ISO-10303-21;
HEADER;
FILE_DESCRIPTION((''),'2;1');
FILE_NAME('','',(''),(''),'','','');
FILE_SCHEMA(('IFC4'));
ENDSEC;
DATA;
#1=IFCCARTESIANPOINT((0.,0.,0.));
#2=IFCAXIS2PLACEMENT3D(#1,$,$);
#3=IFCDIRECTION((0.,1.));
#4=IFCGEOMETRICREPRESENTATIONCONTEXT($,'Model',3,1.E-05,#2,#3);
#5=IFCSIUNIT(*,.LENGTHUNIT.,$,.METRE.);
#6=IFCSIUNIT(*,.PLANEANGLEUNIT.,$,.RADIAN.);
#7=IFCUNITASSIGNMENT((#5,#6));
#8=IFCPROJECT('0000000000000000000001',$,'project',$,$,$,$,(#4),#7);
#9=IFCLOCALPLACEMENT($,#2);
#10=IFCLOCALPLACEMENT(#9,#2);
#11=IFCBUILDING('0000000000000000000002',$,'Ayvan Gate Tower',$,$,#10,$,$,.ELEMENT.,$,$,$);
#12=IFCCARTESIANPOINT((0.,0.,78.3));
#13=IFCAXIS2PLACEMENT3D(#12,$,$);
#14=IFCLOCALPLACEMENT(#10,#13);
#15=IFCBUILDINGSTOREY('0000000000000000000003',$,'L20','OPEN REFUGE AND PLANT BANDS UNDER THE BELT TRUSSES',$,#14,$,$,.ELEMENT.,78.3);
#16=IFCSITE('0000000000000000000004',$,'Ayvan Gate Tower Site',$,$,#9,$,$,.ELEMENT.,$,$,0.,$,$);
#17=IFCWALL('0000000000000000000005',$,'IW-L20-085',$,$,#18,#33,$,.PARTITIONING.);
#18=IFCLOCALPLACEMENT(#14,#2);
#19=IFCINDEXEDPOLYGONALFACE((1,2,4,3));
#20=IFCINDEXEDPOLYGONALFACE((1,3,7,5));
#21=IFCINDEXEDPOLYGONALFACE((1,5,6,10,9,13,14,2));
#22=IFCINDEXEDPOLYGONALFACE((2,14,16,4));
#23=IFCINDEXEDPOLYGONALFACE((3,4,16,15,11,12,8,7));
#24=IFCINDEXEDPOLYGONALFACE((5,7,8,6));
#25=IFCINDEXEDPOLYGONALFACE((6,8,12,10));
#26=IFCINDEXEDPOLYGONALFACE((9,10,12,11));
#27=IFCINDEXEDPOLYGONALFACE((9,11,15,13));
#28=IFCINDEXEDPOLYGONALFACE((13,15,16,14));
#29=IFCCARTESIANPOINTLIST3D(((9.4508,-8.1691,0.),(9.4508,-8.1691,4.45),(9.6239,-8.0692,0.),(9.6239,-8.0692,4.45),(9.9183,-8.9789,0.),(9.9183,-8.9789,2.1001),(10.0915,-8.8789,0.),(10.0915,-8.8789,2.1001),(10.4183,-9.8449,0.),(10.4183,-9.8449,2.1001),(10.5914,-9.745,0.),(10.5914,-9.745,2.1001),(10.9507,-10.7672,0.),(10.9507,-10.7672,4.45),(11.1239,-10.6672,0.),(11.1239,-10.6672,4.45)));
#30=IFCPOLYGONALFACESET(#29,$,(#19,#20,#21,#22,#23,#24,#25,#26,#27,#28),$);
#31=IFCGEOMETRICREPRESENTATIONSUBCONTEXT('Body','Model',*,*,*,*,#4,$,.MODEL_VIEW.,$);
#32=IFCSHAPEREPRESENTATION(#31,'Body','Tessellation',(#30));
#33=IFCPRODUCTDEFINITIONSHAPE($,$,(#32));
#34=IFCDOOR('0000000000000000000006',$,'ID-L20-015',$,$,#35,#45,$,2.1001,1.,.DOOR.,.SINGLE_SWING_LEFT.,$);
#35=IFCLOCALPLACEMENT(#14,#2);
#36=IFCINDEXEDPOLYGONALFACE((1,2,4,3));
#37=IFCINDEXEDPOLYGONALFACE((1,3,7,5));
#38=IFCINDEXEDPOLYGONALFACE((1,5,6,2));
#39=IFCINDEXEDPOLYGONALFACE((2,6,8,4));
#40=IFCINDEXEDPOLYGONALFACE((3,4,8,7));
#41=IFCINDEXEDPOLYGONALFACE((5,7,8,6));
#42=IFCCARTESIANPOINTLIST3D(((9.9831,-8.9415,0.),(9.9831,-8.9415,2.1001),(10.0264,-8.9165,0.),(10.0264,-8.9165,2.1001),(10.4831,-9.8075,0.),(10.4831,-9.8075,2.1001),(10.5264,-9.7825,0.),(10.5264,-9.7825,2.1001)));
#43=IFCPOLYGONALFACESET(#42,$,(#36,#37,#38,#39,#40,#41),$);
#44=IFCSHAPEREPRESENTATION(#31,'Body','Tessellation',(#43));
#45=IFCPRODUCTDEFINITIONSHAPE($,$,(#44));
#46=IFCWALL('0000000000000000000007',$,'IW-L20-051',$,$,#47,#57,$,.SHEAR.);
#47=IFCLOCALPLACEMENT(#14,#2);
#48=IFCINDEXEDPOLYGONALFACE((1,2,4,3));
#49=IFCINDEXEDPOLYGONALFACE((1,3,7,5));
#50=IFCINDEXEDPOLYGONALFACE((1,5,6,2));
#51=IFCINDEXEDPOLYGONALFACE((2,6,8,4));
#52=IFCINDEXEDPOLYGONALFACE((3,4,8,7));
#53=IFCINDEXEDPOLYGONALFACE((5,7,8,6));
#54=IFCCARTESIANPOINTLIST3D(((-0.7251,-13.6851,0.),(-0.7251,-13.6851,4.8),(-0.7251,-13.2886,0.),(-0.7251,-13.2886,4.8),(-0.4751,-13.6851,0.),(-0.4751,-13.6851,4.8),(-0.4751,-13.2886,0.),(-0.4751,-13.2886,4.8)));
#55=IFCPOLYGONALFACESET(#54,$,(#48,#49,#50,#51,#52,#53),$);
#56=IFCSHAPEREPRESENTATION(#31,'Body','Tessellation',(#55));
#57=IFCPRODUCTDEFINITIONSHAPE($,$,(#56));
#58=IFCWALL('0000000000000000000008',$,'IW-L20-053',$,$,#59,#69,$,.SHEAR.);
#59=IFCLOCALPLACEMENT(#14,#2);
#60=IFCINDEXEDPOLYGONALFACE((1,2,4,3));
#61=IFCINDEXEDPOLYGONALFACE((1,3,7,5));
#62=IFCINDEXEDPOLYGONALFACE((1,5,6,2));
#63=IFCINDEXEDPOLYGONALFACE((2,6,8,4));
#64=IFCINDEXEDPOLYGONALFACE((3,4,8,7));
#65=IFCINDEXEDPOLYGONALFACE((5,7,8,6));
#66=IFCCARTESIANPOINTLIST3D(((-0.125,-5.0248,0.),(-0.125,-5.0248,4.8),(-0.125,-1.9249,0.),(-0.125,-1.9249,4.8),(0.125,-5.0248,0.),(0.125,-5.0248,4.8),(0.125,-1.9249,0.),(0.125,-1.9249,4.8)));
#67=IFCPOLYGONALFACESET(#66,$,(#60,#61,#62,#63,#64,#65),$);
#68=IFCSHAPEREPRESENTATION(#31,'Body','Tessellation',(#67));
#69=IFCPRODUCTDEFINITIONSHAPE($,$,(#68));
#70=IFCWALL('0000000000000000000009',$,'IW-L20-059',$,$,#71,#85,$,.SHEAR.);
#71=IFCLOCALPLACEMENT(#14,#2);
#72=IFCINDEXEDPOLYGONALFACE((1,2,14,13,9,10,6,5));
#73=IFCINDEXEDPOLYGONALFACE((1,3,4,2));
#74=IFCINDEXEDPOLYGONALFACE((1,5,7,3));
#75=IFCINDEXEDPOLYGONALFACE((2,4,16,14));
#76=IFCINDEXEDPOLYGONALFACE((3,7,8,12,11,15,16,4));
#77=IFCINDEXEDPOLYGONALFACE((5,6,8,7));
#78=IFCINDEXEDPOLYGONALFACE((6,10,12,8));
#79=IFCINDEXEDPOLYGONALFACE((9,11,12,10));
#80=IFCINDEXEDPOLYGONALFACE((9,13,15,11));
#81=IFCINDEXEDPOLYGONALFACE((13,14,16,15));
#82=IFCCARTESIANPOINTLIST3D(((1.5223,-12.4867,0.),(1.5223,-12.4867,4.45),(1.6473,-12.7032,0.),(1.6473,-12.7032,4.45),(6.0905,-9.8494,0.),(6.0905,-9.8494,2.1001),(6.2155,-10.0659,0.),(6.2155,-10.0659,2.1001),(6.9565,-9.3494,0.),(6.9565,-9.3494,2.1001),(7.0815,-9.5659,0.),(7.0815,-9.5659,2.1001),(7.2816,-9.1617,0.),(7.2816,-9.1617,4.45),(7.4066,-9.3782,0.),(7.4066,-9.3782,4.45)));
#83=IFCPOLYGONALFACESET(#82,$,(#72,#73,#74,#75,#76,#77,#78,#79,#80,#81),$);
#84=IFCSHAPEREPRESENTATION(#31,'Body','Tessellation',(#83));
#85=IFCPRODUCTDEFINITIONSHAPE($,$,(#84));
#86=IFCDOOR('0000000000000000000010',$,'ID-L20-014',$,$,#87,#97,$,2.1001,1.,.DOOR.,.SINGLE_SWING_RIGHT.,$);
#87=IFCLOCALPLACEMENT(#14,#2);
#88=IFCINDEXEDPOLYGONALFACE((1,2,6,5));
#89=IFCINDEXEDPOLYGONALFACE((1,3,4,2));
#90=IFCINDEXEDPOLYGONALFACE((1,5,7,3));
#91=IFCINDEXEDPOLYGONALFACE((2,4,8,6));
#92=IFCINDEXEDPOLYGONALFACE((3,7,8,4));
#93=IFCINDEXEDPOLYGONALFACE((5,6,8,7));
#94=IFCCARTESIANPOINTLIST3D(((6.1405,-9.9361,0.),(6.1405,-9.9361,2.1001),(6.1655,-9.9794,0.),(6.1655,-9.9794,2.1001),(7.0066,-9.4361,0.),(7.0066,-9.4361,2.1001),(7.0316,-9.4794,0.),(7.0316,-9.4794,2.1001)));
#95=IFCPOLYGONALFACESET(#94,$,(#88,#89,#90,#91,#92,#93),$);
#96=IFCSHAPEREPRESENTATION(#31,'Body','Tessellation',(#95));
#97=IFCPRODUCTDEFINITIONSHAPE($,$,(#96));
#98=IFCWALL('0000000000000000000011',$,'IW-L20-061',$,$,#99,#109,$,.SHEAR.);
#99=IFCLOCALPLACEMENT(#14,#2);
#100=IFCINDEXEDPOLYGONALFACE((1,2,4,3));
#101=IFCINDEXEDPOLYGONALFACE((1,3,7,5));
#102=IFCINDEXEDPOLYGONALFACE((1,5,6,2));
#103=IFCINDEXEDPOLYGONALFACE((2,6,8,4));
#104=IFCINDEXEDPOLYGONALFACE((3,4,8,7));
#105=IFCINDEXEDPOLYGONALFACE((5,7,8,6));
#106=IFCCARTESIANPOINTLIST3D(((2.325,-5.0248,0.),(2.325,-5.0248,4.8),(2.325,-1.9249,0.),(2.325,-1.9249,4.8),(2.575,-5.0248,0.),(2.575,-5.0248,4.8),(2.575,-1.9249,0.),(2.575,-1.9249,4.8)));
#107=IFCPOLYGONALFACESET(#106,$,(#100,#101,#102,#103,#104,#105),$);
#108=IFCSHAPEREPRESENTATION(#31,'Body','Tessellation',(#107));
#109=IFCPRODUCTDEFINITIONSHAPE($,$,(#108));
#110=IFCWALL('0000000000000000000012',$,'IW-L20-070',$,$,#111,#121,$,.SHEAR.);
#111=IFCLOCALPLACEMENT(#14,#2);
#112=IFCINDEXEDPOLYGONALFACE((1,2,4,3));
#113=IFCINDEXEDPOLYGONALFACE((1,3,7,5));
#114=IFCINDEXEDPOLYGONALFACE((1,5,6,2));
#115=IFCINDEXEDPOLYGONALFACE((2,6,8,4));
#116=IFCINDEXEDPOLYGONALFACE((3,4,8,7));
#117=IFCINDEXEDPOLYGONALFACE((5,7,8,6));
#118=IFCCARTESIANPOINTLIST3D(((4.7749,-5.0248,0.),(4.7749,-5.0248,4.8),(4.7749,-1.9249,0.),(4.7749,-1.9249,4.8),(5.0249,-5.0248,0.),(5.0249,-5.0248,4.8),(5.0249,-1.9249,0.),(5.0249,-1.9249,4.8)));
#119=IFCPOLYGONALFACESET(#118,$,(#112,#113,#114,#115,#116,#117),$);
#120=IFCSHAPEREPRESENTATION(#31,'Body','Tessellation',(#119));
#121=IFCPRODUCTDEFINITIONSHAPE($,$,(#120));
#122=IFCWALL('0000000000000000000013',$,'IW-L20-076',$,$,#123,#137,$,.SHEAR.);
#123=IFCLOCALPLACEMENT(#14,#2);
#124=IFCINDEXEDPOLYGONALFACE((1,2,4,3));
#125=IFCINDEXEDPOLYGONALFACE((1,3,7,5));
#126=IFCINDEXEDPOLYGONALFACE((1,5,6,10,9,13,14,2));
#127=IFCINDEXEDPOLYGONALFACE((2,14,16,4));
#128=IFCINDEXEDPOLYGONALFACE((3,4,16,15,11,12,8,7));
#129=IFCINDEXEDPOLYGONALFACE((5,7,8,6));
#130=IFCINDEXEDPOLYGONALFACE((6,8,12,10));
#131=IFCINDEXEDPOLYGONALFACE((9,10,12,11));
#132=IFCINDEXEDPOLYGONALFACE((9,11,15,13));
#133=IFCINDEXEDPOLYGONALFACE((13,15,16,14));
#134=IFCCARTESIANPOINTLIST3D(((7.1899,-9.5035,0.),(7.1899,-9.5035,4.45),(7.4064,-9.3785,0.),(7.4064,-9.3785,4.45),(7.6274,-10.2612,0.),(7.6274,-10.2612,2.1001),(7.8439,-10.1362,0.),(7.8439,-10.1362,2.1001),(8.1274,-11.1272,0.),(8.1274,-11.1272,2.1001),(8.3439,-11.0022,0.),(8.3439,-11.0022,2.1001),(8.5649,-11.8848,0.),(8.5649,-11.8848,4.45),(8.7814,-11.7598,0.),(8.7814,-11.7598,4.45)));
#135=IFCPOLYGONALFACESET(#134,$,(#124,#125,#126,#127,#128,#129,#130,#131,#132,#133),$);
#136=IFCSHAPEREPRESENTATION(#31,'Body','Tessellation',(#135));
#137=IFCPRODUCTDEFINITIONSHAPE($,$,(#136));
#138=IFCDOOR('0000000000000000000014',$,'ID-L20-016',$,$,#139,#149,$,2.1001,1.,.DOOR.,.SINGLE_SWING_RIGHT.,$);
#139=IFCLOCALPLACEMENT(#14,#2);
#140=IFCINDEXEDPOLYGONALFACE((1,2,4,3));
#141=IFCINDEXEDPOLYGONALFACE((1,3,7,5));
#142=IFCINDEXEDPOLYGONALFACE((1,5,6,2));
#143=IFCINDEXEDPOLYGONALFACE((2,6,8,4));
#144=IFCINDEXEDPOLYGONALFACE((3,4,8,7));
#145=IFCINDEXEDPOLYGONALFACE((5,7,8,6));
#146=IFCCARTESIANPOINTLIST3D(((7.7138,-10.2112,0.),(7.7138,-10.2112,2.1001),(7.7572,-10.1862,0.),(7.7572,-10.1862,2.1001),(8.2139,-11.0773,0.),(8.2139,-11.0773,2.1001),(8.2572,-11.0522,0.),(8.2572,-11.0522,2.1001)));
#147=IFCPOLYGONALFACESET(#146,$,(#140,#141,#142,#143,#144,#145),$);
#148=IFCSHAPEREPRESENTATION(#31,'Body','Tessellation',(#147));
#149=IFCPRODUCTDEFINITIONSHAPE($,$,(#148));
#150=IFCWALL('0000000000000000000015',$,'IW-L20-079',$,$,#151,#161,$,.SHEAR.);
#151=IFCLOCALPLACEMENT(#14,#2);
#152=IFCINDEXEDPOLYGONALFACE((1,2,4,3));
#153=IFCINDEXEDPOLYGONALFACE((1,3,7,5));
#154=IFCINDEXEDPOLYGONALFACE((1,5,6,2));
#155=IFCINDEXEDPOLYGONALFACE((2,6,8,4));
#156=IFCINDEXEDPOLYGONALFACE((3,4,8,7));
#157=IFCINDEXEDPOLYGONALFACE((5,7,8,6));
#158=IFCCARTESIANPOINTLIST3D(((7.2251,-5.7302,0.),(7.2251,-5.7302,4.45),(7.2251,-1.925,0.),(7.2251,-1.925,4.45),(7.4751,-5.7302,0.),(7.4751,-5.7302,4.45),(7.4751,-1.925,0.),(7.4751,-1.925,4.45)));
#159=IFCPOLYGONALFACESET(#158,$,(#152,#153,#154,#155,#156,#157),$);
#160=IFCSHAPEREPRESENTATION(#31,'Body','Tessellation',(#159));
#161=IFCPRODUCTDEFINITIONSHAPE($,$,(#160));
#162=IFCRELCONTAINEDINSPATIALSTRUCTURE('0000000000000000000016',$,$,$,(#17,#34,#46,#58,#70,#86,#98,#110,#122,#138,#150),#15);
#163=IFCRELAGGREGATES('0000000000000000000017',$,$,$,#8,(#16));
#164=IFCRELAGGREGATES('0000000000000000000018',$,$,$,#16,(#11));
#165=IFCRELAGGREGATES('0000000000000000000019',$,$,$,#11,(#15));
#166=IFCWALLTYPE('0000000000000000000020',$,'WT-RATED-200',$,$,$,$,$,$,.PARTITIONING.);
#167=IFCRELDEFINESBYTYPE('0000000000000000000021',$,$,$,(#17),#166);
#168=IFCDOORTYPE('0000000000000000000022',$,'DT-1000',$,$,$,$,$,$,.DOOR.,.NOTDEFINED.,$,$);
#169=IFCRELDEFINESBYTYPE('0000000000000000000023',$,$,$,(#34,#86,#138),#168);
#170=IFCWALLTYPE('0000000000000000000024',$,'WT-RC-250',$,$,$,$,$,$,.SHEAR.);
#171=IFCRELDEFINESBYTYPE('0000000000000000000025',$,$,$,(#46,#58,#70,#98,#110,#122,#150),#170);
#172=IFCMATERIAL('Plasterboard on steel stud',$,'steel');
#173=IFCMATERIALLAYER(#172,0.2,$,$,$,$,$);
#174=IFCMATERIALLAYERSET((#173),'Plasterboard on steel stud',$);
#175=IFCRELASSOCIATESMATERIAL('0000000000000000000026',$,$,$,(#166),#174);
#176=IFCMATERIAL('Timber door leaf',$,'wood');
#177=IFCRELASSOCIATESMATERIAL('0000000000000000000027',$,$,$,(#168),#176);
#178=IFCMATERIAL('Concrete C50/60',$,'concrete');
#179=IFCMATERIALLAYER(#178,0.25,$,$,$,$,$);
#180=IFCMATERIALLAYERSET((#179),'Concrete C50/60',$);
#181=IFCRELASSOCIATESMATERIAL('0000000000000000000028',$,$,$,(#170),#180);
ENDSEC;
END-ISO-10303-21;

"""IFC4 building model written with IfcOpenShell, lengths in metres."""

from ifc_helpers import new_model, si_unit, direction, frame, frame_2d, origin, place, context, subcontext, project, spatial, rectangle, extrude, material, layer, layer_set, type_object, element, fill, save


model = new_model("IFC4")

# Units and contexts
model_context = context("Model", 3, precision=1e-05, world=origin(), true_north=direction((0.0, 1.0)))
body_context = subcontext(model_context, "Body", "Model", "MODEL_VIEW")
ifc_project = project(units=[si_unit("LENGTHUNIT", "METRE"), si_unit("PLANEANGLEUNIT", "RADIAN")], contexts=[model_context])

# Site, building, storey
site_placement = place(None, origin())
site = spatial("IfcSite", under=ifc_project, at=site_placement, Name="Ayvan Gate Tower Site", CompositionType="ELEMENT", RefElevation=0.0)
building_placement = place(site_placement, origin())
building = spatial("IfcBuilding", under=site, at=building_placement, Name="Ayvan Gate Tower", CompositionType="ELEMENT")
storey_placement = place(building_placement, frame((0.0, 0.0, 78.3)))
storey = spatial("IfcBuildingStorey", under=building, at=storey_placement, Name="L20", Description="OPEN REFUGE AND PLANT BANDS UNDER THE BELT TRUSSES", CompositionType="ELEMENT", Elevation=78.3)

# Shared definitions
ifc_material_1 = material(Name="Timber door leaf", Category="wood")

# Shared definitions
ifc_material_2 = material(Name="Plasterboard on steel stud", Category="steel")

# Shared definitions
ifc_layer_1 = layer(ifc_material_2, 0.2)
ifc_layer_set_1 = layer_set([ifc_layer_1], Name="Plasterboard on steel stud")
wall_type_1 = type_object("IfcWallType", Name="WT-RATED-200", PredefinedType="PARTITIONING", material=ifc_layer_set_1)

# Wall, opening, door
wall_1_placement = place(storey_placement, frame((9.5374, -8.1191, 0.0), z_axis=(0.0, 0.0, 1.0), x_axis=(0.49999, -0.866031, 0.0)))
wall_1 = element("IfcWall", 1, at=wall_1_placement, inside=storey, type_object=wall_type_1, Name="IW-L20-085", PredefinedType="PARTITIONING", context=body_context, shape_type="SweptSolid", body=[
    extrude(rectangle(XDim=3.0, YDim=0.2, at=frame_2d((1.5, 0.0))), origin(), (0.0, 0.0, 1.0), 4.45),
])
opening_1_placement = place(wall_1_placement, frame((0.9351, 0.0, 0.0)))
opening_1 = element("IfcOpeningElement", 2, at=opening_1_placement, cuts=wall_1, PredefinedType="OPENING", context=body_context, shape_type="SweptSolid", body=[
    extrude(rectangle(XDim=1.0, YDim=2.1001, at=frame_2d((0.5, 1.05))), frame((0.0, 0.1099, 0.0), z_axis=(0.0, -1.0, 0.0), x_axis=(1.0, 0.0, 0.0)), (0.0, 0.0, 1.0), 0.22),
])
door_type_1 = type_object("IfcDoorType", Name="DT-1000", OperationType="NOTDEFINED", PredefinedType="DOOR", material=ifc_material_1)
door_1_placement = place(opening_1_placement, origin())
door_1 = element("IfcDoor", 3, at=door_1_placement, inside=storey, type_object=door_type_1, Name="ID-L20-015", OperationType="SINGLE_SWING_LEFT", OverallHeight=2.1001, OverallWidth=1.0, PredefinedType="DOOR", context=body_context, shape_type="SweptSolid", body=[
    extrude(rectangle(XDim=1.0, YDim=2.1001, at=frame_2d((0.5, 1.05))), frame((0.0, 0.0249, 0.0), z_axis=(0.0, -1.0, 0.0), x_axis=(1.0, 0.0, 0.0)), (0.0, 0.0, 1.0), 0.05),
])
fill(opening_1, door_1)

# Walls
ifc_material_3 = material(Name="Concrete C50/60", Category="concrete")
ifc_layer_2 = layer(ifc_material_3, 0.25)
ifc_layer_set_2 = layer_set([ifc_layer_2], Name="Concrete C50/60")
wall_type_2 = type_object("IfcWallType", Name="WT-RC-250", PredefinedType="SHEAR", material=ifc_layer_set_2)
wall_2_placement = place(storey_placement, frame((-0.6001, -13.2886, 0.0), z_axis=(0.0, 0.0, 1.0), x_axis=(0.0, -1.0, 0.0)))
element("IfcWall", 4, at=wall_2_placement, inside=storey, type_object=wall_type_2, Name="IW-L20-051", PredefinedType="SHEAR", context=body_context, shape_type="SweptSolid", body=[
    extrude(rectangle(XDim=0.3965, YDim=0.25, at=frame_2d((0.1982, 0.0))), origin(), (0.0, 0.0, 1.0), 4.8),
])
wall_3_placement = place(storey_placement, frame((0.0, -1.925, 0.0), z_axis=(0.0, 0.0, 1.0), x_axis=(0.0, -1.0, 0.0)))
element("IfcWall", 5, at=wall_3_placement, inside=storey, type_object=wall_type_2, Name="IW-L20-053", PredefinedType="SHEAR", context=body_context, shape_type="SweptSolid", body=[
    extrude(rectangle(XDim=3.0999, YDim=0.25, at=frame_2d((1.5498, 0.0))), origin(), (0.0, 0.0, 1.0), 4.8),
])

# Wall, opening, door
wall_4_placement = place(storey_placement, frame((1.5847, -12.595, 0.0), z_axis=(0.0, 0.0, 1.0), x_axis=(0.866036, 0.499981, 0.0)))
wall_4 = element("IfcWall", 6, at=wall_4_placement, inside=storey, type_object=wall_type_2, Name="IW-L20-059", PredefinedType="SHEAR", context=body_context, shape_type="SweptSolid", body=[
    extrude(rectangle(XDim=6.6501, YDim=0.25, at=frame_2d((3.3252, 0.0))), origin(), (0.0, 0.0, 1.0), 4.45),
])
opening_2_placement = place(wall_4_placement, frame((5.2749, 0.0, 0.0)))
opening_2 = element("IfcOpeningElement", 7, at=opening_2_placement, cuts=wall_4, PredefinedType="OPENING", context=body_context, shape_type="SweptSolid", body=[
    extrude(rectangle(XDim=1.0, YDim=2.1001, at=frame_2d((0.5, 1.05))), frame((0.0, 0.135, 0.0), z_axis=(0.0, -1.0, 0.0), x_axis=(1.0, 0.0, 0.0)), (0.0, 0.0, 1.0), 0.27),
])
door_2_placement = place(opening_2_placement, origin())
door_2 = element("IfcDoor", 8, at=door_2_placement, inside=storey, type_object=door_type_1, Name="ID-L20-014", OperationType="SINGLE_SWING_RIGHT", OverallHeight=2.1001, OverallWidth=1.0, PredefinedType="DOOR", context=body_context, shape_type="SweptSolid", body=[
    extrude(rectangle(XDim=1.0, YDim=2.1001, at=frame_2d((0.5, 1.05))), frame((0.0, 0.0249, 0.0), z_axis=(0.0, -1.0, 0.0), x_axis=(1.0, 0.0, 0.0)), (0.0, 0.0, 1.0), 0.05),
])
fill(opening_2, door_2)

# Walls
for number, where, z_axis, x_axis, name in (
    (9, (2.45, -1.925, 0.0), (0.0, 0.0, 1.0), (0.0, -1.0, 0.0), "IW-L20-061"),
    (10, (4.8999, -1.925, 0.0), (0.0, 0.0, 1.0), (0.0, -1.0, 0.0), "IW-L20-070"),
):
    element("IfcWall", number, at=place(storey_placement, frame(where, z_axis=z_axis, x_axis=x_axis)), inside=storey, type_object=wall_type_2, Name=name, PredefinedType="SHEAR", context=body_context, shape_type="SweptSolid", body=[
        extrude(rectangle(XDim=3.0999, YDim=0.25, at=frame_2d((1.5498, 0.0))), origin(), (0.0, 0.0, 1.0), 4.8),
    ])

# Wall, opening, door
wall_5_placement = place(storey_placement, frame((7.2981, -9.4409, 0.0), z_axis=(0.0, 0.0, 1.0), x_axis=(0.500035, -0.866005, 0.0)))
wall_5 = element("IfcWall", 11, at=wall_5_placement, inside=storey, type_object=wall_type_2, Name="IW-L20-076", PredefinedType="SHEAR", context=body_context, shape_type="SweptSolid", body=[
    extrude(rectangle(XDim=2.7498, YDim=0.25, at=frame_2d((1.375, 0.0))), origin(), (0.0, 0.0, 1.0), 4.45),
])
opening_3_placement = place(wall_5_placement, frame((0.875, 0.0, 0.0)))
opening_3 = element("IfcOpeningElement", 12, at=opening_3_placement, cuts=wall_5, PredefinedType="OPENING", context=body_context, shape_type="SweptSolid", body=[
    extrude(rectangle(XDim=1.0, YDim=2.1001, at=frame_2d((0.5, 1.05))), frame((0.0, 0.135, 0.0), z_axis=(0.0, -1.0, 0.0), x_axis=(1.0, 0.0, 0.0)), (0.0, 0.0, 1.0), 0.27),
])
door_3_placement = place(opening_3_placement, origin())
door_3 = element("IfcDoor", 13, at=door_3_placement, inside=storey, type_object=door_type_1, Name="ID-L20-016", OperationType="SINGLE_SWING_RIGHT", OverallHeight=2.1001, OverallWidth=1.0, PredefinedType="DOOR", context=body_context, shape_type="SweptSolid", body=[
    extrude(rectangle(XDim=1.0, YDim=2.1001, at=frame_2d((0.5, 1.05))), frame((0.0, 0.0249, 0.0), z_axis=(0.0, -1.0, 0.0), x_axis=(1.0, 0.0, 0.0)), (0.0, 0.0, 1.0), 0.05),
])
fill(opening_3, door_3)

# Wall
wall_6_placement = place(storey_placement, frame((7.3501, -1.925, 0.0), z_axis=(0.0, 0.0, 1.0), x_axis=(0.0, -1.0, 0.0)))
element("IfcWall", 14, at=wall_6_placement, inside=storey, type_object=wall_type_2, Name="IW-L20-079", PredefinedType="SHEAR", context=body_context, shape_type="SweptSolid", body=[
    extrude(rectangle(XDim=3.8052, YDim=0.25, at=frame_2d((1.9026, 0.0))), origin(), (0.0, 0.0, 1.0), 4.45),
])

save(model, "model.ifc")
